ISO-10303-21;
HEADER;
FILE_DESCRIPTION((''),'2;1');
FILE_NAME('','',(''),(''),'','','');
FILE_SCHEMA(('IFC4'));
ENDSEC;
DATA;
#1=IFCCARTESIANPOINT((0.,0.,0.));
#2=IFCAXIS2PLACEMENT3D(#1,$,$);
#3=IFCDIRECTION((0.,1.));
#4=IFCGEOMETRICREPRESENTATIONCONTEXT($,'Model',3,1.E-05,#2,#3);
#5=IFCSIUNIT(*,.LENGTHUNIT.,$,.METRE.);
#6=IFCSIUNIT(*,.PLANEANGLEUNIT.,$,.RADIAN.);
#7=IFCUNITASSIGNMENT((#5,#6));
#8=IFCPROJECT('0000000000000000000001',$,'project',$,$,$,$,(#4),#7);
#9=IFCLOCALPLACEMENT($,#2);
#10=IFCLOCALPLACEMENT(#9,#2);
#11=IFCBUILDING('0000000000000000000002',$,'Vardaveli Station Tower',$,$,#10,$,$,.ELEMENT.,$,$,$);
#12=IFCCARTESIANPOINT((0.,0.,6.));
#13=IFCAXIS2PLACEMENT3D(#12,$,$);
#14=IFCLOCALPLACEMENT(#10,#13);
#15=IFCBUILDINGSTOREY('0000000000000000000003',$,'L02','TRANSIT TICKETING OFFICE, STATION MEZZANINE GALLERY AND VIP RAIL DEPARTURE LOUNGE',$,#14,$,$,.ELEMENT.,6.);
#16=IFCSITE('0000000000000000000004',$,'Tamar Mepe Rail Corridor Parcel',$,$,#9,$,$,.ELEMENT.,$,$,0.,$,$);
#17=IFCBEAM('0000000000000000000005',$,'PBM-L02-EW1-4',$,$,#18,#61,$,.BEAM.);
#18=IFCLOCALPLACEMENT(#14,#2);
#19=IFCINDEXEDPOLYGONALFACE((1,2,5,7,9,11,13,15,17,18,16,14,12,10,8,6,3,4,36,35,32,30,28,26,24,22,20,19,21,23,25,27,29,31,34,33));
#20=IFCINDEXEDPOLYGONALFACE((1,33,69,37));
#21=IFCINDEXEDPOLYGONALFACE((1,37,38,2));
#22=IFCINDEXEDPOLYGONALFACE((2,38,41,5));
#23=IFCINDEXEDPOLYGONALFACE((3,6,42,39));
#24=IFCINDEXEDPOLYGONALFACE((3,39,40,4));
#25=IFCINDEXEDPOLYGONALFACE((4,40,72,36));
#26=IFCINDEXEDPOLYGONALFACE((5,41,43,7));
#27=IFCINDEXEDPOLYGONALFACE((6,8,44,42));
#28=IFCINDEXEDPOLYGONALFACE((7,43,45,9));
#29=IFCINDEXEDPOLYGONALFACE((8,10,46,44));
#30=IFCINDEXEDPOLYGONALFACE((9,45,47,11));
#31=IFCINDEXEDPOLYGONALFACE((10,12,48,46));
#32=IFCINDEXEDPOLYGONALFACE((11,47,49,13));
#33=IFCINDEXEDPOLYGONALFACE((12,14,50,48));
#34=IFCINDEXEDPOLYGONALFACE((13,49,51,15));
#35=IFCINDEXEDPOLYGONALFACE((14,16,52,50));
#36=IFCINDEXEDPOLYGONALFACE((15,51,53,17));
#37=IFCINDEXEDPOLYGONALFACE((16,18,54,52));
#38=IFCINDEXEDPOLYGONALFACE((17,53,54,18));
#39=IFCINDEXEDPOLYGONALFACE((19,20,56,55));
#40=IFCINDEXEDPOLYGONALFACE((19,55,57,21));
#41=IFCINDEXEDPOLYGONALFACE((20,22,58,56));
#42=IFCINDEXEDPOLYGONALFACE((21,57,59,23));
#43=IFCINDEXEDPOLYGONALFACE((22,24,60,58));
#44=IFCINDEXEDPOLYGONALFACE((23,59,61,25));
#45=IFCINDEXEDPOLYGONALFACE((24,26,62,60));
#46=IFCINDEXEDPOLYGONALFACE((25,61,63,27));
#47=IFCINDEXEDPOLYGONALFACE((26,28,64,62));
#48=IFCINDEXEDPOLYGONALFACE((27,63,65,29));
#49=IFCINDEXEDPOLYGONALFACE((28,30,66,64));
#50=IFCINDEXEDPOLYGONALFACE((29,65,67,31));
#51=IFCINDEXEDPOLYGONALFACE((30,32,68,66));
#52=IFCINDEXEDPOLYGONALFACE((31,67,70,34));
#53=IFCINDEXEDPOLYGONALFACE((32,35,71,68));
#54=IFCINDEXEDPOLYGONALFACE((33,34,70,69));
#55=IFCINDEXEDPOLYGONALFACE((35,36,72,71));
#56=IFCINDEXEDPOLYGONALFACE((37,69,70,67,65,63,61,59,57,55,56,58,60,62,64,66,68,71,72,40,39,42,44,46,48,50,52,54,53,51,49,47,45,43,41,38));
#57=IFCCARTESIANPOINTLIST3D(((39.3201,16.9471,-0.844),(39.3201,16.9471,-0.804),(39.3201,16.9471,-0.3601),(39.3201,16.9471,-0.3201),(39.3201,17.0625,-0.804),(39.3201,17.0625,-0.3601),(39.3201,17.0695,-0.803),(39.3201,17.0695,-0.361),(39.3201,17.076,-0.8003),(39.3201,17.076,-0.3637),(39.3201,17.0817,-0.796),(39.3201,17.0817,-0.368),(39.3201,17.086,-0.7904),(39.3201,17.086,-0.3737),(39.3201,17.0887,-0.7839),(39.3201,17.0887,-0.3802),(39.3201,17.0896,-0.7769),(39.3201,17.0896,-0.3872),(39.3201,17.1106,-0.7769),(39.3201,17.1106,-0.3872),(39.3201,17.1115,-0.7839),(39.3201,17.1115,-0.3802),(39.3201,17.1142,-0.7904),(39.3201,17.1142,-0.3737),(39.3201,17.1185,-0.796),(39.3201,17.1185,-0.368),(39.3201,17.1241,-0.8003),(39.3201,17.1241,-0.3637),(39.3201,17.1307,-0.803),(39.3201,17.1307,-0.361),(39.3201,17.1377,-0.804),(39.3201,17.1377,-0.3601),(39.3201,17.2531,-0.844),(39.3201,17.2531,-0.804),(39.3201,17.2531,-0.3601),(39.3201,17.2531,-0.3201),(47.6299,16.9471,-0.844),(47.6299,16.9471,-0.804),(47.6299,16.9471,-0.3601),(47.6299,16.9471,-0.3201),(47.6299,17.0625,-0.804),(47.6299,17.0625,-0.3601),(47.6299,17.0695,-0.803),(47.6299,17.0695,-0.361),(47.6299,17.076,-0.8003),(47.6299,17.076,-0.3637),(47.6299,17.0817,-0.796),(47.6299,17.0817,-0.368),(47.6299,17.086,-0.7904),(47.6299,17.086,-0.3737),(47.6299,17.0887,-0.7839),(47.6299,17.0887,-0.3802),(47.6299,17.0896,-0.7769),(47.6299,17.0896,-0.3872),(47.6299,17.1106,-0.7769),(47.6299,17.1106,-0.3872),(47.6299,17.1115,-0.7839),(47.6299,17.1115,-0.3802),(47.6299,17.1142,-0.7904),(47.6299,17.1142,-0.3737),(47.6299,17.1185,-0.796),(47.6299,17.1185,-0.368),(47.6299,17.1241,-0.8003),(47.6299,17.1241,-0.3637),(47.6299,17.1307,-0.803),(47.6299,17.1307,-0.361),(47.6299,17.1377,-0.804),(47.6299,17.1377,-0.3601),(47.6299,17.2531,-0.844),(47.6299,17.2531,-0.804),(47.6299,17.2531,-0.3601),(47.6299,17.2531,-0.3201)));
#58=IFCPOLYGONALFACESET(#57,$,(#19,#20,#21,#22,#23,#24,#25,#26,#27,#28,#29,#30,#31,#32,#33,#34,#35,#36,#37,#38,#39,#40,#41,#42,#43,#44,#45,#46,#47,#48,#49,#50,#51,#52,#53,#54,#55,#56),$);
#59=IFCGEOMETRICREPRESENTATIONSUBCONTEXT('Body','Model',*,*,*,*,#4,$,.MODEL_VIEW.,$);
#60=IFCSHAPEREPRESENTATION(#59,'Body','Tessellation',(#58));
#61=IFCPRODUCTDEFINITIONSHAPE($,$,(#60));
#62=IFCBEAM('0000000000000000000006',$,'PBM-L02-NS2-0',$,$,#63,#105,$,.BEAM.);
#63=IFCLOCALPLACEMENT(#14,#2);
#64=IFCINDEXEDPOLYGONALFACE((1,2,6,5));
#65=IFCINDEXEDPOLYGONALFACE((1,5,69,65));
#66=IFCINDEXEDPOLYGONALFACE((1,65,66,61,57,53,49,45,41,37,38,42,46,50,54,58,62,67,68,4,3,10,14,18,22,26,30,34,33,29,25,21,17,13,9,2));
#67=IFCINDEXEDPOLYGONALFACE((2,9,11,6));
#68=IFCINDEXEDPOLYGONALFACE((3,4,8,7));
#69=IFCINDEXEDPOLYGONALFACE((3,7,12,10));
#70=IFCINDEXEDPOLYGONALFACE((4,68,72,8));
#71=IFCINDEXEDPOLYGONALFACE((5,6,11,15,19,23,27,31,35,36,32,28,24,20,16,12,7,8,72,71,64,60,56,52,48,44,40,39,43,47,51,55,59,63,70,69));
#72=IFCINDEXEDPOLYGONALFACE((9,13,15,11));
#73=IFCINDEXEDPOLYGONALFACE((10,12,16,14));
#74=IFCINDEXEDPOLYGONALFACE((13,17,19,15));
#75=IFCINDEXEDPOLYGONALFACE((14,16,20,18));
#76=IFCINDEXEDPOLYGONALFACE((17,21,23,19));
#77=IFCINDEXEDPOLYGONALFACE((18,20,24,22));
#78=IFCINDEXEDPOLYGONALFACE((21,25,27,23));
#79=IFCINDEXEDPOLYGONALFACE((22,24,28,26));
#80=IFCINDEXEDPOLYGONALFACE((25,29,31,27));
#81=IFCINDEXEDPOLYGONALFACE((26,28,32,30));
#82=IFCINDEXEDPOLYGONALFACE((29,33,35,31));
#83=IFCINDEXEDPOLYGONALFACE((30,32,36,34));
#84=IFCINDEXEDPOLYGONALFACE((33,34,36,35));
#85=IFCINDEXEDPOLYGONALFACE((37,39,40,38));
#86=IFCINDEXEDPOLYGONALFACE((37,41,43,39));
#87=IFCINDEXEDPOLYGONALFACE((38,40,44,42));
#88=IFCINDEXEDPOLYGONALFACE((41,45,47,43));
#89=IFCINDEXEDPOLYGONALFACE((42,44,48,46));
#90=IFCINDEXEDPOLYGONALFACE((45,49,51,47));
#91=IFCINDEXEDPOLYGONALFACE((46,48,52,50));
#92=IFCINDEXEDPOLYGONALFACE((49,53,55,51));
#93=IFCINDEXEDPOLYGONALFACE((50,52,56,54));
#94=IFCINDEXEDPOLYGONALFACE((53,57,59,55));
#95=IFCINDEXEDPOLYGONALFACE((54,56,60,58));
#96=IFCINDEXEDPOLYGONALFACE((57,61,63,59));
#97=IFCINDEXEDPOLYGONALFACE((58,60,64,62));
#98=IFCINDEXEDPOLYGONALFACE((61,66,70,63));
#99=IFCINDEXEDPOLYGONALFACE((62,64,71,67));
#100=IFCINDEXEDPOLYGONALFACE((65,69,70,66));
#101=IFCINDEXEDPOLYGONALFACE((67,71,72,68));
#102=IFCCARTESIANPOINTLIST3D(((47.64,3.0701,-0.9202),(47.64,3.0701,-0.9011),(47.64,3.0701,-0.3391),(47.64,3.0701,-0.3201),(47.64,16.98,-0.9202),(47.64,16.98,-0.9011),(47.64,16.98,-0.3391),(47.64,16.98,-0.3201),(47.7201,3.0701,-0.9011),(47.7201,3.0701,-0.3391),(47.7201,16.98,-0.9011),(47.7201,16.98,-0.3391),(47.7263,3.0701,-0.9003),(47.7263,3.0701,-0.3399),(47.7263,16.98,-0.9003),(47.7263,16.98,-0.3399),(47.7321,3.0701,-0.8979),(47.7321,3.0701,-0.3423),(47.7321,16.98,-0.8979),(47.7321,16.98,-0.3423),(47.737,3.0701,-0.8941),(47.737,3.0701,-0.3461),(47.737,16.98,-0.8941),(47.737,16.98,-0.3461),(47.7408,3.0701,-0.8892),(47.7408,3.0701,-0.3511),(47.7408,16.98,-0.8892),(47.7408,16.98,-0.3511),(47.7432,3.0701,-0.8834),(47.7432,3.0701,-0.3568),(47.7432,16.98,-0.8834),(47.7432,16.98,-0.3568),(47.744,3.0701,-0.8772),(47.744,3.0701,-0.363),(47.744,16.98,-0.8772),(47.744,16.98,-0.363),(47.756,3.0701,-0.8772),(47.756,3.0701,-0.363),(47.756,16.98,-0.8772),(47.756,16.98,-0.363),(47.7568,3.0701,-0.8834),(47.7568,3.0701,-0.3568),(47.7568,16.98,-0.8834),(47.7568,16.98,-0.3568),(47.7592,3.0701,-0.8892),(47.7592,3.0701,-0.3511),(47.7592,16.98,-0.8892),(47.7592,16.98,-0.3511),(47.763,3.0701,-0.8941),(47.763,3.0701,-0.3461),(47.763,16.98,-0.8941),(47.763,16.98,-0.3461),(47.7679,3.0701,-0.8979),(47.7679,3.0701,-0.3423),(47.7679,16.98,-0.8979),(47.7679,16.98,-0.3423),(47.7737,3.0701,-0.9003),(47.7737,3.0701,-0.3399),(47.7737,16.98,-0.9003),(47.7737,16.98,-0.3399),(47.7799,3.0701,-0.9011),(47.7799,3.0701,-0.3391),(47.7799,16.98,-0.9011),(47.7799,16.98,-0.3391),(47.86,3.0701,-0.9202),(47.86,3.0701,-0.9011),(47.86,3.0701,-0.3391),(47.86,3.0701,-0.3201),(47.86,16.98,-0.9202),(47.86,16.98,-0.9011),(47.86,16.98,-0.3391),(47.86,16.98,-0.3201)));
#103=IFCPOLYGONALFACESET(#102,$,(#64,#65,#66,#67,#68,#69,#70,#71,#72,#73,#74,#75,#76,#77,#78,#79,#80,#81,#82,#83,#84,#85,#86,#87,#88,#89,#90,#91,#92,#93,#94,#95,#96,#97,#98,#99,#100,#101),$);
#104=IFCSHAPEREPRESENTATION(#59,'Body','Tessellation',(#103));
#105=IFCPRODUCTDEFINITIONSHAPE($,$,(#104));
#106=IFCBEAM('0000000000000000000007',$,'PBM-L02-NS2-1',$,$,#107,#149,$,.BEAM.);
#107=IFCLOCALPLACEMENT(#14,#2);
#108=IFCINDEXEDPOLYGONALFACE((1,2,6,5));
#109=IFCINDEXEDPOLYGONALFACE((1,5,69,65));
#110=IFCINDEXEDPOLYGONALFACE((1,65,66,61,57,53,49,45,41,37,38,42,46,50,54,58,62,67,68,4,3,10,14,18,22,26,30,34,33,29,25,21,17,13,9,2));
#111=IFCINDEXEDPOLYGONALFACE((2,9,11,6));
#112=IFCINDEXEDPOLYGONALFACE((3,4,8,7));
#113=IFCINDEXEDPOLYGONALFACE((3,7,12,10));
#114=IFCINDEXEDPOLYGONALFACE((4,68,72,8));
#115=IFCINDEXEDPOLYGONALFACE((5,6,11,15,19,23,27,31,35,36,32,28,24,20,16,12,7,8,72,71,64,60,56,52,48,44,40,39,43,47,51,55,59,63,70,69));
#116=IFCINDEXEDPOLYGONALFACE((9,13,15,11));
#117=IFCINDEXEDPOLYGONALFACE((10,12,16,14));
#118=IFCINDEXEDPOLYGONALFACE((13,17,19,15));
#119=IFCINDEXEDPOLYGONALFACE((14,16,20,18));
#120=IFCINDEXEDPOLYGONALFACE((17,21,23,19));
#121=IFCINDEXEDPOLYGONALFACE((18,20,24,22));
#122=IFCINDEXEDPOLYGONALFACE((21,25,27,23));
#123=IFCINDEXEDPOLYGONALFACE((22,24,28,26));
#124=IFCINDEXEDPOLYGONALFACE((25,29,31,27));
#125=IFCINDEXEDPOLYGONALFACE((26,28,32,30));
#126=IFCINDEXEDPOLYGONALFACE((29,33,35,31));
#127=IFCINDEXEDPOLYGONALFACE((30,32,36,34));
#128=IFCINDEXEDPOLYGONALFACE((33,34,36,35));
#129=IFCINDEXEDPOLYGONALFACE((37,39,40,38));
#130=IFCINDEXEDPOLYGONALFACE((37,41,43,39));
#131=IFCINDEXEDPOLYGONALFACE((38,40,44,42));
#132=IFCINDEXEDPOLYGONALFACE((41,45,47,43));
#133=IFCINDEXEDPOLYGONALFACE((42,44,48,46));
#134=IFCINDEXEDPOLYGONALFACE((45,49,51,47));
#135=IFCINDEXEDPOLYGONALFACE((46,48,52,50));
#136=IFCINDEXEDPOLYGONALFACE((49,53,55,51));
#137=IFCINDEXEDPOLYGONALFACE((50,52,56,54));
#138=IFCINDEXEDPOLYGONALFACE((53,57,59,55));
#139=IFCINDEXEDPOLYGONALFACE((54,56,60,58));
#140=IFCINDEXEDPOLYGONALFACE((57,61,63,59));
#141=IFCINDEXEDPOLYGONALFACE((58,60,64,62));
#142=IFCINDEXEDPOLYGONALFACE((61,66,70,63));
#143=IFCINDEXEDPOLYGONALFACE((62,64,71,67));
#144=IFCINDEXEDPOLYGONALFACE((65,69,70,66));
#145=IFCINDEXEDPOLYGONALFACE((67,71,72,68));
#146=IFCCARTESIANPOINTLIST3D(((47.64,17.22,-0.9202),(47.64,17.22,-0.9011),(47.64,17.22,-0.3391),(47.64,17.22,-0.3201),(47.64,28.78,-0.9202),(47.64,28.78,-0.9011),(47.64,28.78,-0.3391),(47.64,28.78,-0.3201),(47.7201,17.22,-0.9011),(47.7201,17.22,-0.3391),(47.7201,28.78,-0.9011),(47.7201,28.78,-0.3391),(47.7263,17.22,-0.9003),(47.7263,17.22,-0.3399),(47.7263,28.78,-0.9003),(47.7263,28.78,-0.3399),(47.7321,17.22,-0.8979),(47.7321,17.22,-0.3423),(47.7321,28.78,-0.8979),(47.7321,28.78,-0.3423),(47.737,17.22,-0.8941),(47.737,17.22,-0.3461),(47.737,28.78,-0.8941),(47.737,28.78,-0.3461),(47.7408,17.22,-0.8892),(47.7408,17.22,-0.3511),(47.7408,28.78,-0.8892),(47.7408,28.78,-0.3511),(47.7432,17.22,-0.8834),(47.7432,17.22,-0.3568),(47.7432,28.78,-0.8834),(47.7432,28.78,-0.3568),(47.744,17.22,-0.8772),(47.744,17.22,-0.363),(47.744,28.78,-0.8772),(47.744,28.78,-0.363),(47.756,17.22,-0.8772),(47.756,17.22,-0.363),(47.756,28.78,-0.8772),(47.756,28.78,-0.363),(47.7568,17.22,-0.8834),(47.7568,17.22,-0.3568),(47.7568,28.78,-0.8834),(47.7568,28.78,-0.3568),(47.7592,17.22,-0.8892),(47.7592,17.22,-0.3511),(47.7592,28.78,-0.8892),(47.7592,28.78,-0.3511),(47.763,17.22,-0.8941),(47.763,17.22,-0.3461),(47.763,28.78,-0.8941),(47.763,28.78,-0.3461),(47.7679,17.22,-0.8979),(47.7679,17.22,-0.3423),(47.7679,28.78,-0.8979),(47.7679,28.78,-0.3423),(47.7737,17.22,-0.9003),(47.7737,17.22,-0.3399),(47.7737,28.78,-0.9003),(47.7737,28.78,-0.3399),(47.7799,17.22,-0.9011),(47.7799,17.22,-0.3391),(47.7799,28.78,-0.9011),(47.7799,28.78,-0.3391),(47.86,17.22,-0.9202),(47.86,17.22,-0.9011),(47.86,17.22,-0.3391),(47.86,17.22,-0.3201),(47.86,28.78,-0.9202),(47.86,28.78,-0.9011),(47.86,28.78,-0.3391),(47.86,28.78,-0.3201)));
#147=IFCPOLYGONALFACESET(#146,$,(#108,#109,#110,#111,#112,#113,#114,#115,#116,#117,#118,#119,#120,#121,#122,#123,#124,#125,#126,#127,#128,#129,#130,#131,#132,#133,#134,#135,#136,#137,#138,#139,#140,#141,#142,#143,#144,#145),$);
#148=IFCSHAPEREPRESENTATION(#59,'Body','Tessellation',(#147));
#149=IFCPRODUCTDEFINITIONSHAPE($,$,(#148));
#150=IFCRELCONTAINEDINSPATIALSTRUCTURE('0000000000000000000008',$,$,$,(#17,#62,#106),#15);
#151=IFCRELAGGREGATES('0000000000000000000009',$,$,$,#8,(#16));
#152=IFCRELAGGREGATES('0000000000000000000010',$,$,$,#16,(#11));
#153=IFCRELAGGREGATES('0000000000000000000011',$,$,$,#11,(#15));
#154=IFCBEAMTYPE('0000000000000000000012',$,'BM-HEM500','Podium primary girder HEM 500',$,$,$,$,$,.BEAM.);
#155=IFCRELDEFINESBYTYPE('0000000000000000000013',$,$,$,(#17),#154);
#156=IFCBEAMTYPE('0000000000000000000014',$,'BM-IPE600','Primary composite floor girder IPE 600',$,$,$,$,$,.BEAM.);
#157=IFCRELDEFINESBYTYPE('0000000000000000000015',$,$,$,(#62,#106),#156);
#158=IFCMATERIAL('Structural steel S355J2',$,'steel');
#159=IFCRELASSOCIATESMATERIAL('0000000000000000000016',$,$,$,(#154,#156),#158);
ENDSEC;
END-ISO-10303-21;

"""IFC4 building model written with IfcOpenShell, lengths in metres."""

from ifc_helpers import new_model, si_unit, direction, frame, origin, origin_2d, place, context, subcontext, project, spatial, i_section, extrude, source, transform, mapped, material, material_profile, profile_set, type_object, element, save


model = new_model("IFC4")

# Units and contexts
model_context = context("Model", 3, precision=1e-05, world=origin(), true_north=direction((0.0, 1.0)))
body_context = subcontext(model_context, "Body", "Model", "MODEL_VIEW")
ifc_project = project(units=[si_unit("LENGTHUNIT", "METRE"), si_unit("PLANEANGLEUNIT", "RADIAN")], contexts=[model_context])

# Site, building, storey
site_placement = place(None, origin())
site = spatial("IfcSite", under=ifc_project, at=site_placement, Name="Tamar Mepe Rail Corridor Parcel", CompositionType="ELEMENT", RefElevation=0.0)
building_placement = place(site_placement, origin())
building = spatial("IfcBuilding", under=site, at=building_placement, Name="Vardaveli Station Tower", CompositionType="ELEMENT")
storey_placement = place(building_placement, frame((0.0, 0.0, 6.0)))
storey = spatial("IfcBuildingStorey", under=building, at=storey_placement, Name="L02", Description="TRANSIT TICKETING OFFICE, STATION MEZZANINE GALLERY AND VIP RAIL DEPARTURE LOUNGE", CompositionType="ELEMENT", Elevation=6.0)

# Beams
ifc_material_1 = material(Name="Structural steel S355J2", Category="steel")
ifc_material_profile_1 = material_profile(ifc_material_1, i_section(OverallWidth=0.3059, OverallDepth=0.5239, WebThickness=0.021, FlangeThickness=0.04, FilletRadius=0.0271, at=origin_2d()), Name="HEM 500")
ifc_profile_set_1 = profile_set([ifc_material_profile_1], Name="Structural steel S355J2")
beam_type_1 = type_object("IfcBeamType", Name="BM-HEM500", Description="Podium primary girder HEM 500", PredefinedType="BEAM", material=ifc_profile_set_1)
shared_shape_1 = source(origin(), body_context, "Body", "SweptSolid", [
    extrude(i_section(OverallWidth=0.3059, OverallDepth=0.5239, WebThickness=0.021, FlangeThickness=0.04, FilletRadius=0.0271, at=origin_2d()), origin(), (0.0, 0.0, 1.0), 8.3098),
])
beam_1_placement = place(storey_placement, frame((39.3201, 17.1001, -0.582), z_axis=(1.0, 0.0, 0.0), x_axis=(0.0, 1.0, 0.0)))
element("IfcBeam", 1, at=beam_1_placement, inside=storey, type_object=beam_type_1, Name="PBM-L02-EW1-4", PredefinedType="BEAM", context=body_context, shape_type="MappedRepresentation", body=[
    mapped(shared_shape_1, transform((0.0, 0.0, 0.0), scale=1.0)),
])
ifc_material_profile_2 = material_profile(ifc_material_1, i_section(OverallWidth=0.22, OverallDepth=0.6001, WebThickness=0.012, FlangeThickness=0.019, FilletRadius=0.0239, at=origin_2d()), Name="IPE 600")
ifc_profile_set_2 = profile_set([ifc_material_profile_2], Name="Structural steel S355J2")
beam_type_2 = type_object("IfcBeamType", Name="BM-IPE600", Description="Primary composite floor girder IPE 600", PredefinedType="BEAM", material=ifc_profile_set_2)
shared_shape_2 = source(origin(), body_context, "Body", "SweptSolid", [
    extrude(i_section(OverallWidth=0.22, OverallDepth=0.6001, WebThickness=0.012, FlangeThickness=0.019, FilletRadius=0.0239, at=origin_2d()), origin(), (0.0, 0.0, 1.0), 13.9099),
])
beam_2_placement = place(storey_placement, frame((47.75, 3.0701, -0.6201), z_axis=(0.0, 1.0, 0.0), x_axis=(-1.0, 0.0, 0.0)))
element("IfcBeam", 2, at=beam_2_placement, inside=storey, type_object=beam_type_2, Name="PBM-L02-NS2-0", PredefinedType="BEAM", context=body_context, shape_type="MappedRepresentation", body=[
    mapped(shared_shape_2, transform((0.0, 0.0, 0.0), scale=1.0)),
])
shared_shape_3 = source(origin(), body_context, "Body", "SweptSolid", [
    extrude(i_section(OverallWidth=0.22, OverallDepth=0.6001, WebThickness=0.012, FlangeThickness=0.019, FilletRadius=0.0239, at=origin_2d()), origin(), (0.0, 0.0, 1.0), 11.5601),
])
beam_3_placement = place(storey_placement, frame((47.75, 17.22, -0.6201), z_axis=(0.0, 1.0, 0.0), x_axis=(-1.0, 0.0, 0.0)))
element("IfcBeam", 3, at=beam_3_placement, inside=storey, type_object=beam_type_2, Name="PBM-L02-NS2-1", PredefinedType="BEAM", context=body_context, shape_type="MappedRepresentation", body=[
    mapped(shared_shape_3, transform((0.0, 0.0, 0.0), scale=1.0)),
])

save(model, "model.ifc")
